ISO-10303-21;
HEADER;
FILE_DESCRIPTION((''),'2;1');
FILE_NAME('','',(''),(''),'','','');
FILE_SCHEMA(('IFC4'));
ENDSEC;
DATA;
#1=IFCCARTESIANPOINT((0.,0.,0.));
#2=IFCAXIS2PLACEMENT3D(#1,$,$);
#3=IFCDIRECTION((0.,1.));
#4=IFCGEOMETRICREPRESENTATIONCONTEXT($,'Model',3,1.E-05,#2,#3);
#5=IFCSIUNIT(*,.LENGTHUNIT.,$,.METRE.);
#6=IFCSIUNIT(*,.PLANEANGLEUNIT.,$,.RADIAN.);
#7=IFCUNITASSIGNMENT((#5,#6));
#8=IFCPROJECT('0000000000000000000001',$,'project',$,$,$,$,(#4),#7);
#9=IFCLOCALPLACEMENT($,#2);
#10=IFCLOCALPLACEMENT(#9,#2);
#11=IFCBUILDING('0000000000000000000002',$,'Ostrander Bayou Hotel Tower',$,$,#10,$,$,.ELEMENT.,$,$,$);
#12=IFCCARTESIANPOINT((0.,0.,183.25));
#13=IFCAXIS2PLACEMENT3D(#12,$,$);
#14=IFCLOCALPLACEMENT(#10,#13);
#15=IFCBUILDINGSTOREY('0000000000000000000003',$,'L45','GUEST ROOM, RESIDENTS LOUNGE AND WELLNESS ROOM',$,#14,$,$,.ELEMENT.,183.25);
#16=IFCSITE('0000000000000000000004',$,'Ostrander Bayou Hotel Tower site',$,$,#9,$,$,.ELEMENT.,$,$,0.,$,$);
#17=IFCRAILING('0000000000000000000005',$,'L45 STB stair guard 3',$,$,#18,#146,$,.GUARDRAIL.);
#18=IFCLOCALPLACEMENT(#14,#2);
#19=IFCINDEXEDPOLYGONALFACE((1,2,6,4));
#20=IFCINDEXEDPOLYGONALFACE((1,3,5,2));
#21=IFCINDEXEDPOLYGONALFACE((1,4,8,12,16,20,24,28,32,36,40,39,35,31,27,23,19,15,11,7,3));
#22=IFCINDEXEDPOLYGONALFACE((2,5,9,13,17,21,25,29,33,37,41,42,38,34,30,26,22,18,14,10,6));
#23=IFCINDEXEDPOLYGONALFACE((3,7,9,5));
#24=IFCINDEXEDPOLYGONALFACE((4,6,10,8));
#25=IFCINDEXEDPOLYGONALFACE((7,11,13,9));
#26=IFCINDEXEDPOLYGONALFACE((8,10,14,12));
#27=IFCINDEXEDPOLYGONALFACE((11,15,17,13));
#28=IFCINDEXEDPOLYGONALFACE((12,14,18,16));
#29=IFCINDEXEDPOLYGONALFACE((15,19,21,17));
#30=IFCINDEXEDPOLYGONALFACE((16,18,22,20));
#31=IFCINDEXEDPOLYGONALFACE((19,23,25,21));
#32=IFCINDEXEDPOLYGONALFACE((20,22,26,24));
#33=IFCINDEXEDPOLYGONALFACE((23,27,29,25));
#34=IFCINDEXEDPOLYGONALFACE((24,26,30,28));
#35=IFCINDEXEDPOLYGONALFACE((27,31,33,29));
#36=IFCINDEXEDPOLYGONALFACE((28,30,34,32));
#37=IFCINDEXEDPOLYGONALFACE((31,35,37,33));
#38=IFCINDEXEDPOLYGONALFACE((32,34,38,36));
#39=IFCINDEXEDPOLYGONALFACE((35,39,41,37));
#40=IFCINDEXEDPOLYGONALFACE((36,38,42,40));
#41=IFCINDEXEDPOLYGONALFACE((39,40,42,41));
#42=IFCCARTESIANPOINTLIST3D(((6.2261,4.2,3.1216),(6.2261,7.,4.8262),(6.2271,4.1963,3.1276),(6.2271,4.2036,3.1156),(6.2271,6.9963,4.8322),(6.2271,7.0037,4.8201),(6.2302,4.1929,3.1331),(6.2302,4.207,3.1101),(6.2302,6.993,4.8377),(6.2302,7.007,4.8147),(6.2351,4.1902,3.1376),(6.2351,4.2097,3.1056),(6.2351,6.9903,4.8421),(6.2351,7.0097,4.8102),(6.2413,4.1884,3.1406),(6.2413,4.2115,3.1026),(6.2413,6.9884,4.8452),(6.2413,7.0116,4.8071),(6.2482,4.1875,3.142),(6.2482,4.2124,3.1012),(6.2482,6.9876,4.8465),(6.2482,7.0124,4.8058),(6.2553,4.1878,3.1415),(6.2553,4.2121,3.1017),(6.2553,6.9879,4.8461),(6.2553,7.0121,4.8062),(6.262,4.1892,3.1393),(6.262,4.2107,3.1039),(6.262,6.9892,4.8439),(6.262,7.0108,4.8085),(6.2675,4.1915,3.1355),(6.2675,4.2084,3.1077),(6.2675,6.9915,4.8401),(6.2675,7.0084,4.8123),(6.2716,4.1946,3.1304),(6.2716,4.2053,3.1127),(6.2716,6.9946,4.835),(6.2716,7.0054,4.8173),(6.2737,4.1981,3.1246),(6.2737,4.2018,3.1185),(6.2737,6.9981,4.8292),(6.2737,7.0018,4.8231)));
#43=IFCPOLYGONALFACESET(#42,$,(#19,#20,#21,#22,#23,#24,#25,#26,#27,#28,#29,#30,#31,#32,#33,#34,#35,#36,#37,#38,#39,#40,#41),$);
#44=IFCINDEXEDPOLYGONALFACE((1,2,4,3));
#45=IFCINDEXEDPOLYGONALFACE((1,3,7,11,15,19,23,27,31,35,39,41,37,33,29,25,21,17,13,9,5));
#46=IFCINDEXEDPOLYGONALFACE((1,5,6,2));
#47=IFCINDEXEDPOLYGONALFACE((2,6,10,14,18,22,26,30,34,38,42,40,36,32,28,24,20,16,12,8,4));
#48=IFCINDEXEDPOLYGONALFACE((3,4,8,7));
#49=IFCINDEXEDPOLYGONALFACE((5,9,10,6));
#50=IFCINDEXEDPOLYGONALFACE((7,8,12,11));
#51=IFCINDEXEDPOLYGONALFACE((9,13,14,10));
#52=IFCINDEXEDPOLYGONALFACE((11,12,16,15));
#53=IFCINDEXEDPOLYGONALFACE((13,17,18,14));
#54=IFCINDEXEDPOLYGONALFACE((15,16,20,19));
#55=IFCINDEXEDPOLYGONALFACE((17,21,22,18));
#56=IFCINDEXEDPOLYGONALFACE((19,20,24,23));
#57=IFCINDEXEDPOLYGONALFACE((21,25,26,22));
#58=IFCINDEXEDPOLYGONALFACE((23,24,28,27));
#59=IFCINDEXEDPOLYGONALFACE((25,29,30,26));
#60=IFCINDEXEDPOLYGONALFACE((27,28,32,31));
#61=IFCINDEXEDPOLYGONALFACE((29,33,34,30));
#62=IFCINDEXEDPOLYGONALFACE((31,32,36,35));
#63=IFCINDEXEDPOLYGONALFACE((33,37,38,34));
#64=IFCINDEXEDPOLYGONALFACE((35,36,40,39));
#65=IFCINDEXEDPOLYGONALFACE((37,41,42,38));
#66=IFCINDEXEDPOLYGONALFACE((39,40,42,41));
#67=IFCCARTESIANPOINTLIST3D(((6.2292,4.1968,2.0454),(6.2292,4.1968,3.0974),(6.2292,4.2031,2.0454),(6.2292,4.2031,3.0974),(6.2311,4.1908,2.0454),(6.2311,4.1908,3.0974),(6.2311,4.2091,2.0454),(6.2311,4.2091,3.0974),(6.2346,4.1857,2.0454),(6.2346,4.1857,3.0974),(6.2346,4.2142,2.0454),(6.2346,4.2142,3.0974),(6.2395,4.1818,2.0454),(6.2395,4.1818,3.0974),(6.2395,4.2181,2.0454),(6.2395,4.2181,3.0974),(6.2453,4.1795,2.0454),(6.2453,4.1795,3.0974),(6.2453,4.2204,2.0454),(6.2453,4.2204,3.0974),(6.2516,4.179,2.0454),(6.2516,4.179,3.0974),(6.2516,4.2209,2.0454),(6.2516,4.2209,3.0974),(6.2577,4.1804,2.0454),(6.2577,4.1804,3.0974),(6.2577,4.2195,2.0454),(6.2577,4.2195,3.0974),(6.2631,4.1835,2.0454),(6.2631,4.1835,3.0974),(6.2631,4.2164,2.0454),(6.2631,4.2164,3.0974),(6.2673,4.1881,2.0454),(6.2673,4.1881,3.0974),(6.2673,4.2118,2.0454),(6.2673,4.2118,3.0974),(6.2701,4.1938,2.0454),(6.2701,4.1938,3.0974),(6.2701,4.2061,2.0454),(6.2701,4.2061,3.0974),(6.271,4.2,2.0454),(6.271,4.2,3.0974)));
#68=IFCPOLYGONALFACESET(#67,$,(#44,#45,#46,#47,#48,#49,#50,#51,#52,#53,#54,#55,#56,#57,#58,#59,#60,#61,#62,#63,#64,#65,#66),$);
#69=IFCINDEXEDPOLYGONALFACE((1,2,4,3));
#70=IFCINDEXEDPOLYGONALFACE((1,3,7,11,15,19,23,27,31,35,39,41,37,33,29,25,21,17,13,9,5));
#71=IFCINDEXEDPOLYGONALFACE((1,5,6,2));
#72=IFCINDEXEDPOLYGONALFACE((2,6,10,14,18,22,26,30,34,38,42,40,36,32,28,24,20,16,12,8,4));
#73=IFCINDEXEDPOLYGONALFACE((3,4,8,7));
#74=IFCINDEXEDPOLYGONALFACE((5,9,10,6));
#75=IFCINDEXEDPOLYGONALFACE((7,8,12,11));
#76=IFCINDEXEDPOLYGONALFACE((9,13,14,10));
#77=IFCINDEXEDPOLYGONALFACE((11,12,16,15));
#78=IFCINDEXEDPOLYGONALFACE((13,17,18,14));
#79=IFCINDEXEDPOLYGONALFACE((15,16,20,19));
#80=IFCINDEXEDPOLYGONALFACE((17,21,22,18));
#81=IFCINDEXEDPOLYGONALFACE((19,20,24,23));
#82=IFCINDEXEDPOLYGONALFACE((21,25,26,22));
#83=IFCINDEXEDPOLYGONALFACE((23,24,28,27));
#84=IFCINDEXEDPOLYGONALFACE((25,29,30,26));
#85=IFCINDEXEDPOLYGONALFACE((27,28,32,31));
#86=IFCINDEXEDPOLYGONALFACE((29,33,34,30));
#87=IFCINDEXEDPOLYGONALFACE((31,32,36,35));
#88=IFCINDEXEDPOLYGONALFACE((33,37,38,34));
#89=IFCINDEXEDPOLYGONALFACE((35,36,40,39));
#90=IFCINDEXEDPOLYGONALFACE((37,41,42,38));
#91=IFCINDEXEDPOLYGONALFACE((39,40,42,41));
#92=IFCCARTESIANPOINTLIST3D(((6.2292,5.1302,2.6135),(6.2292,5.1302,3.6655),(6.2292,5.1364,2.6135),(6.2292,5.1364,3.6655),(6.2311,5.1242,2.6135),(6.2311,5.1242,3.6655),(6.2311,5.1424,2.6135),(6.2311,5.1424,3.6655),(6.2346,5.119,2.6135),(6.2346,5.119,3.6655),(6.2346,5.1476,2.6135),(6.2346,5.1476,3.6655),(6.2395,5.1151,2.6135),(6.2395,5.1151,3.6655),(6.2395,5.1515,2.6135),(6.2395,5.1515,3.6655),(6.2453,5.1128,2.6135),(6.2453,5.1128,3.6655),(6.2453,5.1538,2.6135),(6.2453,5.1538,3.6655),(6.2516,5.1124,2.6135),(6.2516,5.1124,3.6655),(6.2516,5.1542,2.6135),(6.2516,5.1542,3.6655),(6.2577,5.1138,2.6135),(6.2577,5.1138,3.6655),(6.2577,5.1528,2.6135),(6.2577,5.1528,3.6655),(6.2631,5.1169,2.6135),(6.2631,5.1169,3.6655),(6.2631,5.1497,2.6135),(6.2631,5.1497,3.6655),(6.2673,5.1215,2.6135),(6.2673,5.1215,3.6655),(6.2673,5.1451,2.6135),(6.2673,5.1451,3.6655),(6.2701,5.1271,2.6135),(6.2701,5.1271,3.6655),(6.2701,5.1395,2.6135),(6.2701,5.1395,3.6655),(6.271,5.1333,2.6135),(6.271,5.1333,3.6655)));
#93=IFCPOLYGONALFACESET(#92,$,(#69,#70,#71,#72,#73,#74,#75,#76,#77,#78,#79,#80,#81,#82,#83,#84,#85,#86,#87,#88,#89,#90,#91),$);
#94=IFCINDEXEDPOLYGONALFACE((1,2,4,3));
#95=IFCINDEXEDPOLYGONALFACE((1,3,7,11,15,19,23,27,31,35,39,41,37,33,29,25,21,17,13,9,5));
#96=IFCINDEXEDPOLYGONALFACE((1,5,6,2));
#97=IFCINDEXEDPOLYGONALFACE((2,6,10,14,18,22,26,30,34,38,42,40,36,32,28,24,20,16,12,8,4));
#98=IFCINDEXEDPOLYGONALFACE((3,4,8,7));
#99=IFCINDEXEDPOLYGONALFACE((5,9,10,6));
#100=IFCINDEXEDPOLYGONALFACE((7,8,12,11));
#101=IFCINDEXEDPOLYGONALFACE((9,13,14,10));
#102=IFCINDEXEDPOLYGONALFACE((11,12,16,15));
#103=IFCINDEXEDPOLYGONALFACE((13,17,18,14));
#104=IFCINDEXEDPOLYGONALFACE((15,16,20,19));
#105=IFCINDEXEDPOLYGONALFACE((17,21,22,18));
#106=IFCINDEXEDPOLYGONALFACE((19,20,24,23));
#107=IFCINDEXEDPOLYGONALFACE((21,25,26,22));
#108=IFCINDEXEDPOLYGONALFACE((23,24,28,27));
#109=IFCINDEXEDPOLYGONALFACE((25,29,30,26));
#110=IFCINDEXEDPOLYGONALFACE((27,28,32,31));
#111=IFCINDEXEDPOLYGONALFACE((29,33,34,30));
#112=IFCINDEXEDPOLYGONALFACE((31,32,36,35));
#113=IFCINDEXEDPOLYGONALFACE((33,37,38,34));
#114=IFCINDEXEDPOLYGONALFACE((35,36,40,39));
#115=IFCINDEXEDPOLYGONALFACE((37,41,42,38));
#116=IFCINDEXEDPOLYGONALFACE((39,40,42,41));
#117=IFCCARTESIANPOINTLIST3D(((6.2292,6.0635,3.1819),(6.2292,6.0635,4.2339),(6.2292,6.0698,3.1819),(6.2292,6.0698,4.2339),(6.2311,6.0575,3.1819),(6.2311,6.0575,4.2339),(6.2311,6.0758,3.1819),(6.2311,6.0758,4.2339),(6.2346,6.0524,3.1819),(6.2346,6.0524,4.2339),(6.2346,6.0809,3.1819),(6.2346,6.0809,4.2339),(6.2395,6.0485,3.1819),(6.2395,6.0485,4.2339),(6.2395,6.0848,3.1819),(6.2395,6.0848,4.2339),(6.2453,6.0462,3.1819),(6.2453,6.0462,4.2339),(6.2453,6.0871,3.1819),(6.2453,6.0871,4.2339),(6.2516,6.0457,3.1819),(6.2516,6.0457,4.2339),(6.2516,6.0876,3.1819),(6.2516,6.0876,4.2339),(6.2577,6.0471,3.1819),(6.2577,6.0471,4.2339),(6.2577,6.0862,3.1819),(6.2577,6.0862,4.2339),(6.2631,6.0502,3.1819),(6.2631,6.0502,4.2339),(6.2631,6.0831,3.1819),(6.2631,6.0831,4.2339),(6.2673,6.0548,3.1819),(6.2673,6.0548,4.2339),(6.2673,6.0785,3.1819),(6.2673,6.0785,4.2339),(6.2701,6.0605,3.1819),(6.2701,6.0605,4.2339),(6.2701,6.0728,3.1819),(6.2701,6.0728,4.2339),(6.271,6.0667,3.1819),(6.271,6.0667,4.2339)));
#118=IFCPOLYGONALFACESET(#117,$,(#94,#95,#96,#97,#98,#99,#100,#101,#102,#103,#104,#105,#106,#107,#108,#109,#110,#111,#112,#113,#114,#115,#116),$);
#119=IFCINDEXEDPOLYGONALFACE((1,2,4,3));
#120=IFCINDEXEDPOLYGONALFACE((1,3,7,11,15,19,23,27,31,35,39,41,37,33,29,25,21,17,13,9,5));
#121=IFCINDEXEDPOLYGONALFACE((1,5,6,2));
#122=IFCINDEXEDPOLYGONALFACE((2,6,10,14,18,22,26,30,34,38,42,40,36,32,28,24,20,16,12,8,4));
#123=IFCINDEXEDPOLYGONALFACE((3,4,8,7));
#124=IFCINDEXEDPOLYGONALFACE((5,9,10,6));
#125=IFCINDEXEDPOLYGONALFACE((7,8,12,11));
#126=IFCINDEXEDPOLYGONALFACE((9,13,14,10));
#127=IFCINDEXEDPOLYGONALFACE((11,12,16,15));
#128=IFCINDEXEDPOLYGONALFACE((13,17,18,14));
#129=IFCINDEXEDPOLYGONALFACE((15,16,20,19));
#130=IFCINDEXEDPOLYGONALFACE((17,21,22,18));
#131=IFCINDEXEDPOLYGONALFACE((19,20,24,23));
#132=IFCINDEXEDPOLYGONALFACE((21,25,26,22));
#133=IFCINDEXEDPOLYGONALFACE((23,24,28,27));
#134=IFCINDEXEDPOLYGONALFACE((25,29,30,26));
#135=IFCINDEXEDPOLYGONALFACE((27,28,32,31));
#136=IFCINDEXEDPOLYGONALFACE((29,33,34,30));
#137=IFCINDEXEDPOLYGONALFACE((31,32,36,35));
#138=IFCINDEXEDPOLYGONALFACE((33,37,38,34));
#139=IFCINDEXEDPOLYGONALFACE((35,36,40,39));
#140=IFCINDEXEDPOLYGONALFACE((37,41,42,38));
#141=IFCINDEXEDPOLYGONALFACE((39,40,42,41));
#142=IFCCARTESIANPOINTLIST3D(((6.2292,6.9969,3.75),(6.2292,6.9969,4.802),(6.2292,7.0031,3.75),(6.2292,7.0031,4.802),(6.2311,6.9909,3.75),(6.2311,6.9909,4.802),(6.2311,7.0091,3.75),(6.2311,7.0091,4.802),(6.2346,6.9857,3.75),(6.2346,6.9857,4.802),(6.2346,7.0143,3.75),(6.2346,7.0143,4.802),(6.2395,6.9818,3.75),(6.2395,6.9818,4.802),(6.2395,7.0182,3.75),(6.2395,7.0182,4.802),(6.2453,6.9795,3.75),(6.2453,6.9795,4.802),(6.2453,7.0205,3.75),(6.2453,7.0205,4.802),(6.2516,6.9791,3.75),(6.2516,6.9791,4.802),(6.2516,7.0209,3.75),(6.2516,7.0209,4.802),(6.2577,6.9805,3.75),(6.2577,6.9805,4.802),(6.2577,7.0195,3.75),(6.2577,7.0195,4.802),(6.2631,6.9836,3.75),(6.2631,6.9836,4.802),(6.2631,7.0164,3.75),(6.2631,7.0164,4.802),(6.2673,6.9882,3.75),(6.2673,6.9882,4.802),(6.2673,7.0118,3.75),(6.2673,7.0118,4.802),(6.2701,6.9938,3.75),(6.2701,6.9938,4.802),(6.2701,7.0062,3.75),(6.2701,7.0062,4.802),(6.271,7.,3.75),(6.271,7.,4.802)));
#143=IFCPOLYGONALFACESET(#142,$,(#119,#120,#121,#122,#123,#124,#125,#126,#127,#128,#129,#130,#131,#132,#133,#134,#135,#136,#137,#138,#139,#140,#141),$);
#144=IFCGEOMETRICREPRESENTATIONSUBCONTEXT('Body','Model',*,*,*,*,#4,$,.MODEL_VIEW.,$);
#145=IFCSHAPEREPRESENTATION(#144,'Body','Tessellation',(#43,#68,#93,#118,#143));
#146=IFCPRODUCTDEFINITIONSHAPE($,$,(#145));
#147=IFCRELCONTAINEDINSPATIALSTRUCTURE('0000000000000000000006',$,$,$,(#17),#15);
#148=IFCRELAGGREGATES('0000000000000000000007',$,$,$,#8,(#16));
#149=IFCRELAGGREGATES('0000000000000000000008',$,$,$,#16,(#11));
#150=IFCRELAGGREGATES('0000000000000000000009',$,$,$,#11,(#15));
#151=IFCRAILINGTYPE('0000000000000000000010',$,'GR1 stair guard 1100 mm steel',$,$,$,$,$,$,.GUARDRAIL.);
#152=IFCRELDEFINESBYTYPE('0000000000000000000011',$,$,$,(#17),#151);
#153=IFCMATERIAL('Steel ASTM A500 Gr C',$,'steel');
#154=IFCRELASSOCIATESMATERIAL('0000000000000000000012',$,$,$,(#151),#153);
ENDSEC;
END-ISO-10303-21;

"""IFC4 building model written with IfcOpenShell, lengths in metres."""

from ifc_helpers import new_model, si_unit, direction, frame, origin, origin_2d, place, context, subcontext, project, spatial, circle, extrude, material, type_object, element, save


model = new_model("IFC4")

# Units and contexts
model_context = context("Model", 3, precision=1e-05, world=origin(), true_north=direction((0.0, 1.0)))
body_context = subcontext(model_context, "Body", "Model", "MODEL_VIEW")
ifc_project = project(units=[si_unit("LENGTHUNIT", "METRE"), si_unit("PLANEANGLEUNIT", "RADIAN")], contexts=[model_context])

# Site, building, storey
site_placement = place(None, origin())
site = spatial("IfcSite", under=ifc_project, at=site_placement, Name="Ostrander Bayou Hotel Tower site", CompositionType="ELEMENT", RefElevation=0.0)
building_placement = place(site_placement, origin())
building = spatial("IfcBuilding", under=site, at=building_placement, Name="Ostrander Bayou Hotel Tower", CompositionType="ELEMENT")
storey_placement = place(building_placement, frame((0.0, 0.0, 183.25)))
storey = spatial("IfcBuildingStorey", under=building, at=storey_placement, Name="L45", Description="GUEST ROOM, RESIDENTS LOUNGE AND WELLNESS ROOM", CompositionType="ELEMENT", Elevation=183.25)

# Railing
ifc_material_1 = material(Name="Steel ASTM A500 Gr C", Category="steel")
railing_type_1 = type_object("IfcRailingType", Name="GR1 stair guard 1100 mm steel", PredefinedType="GUARDRAIL", material=ifc_material_1)
railing_1_placement = place(storey_placement, frame((6.25, 4.2, 2.0454)))
element("IfcRailing", 1, at=railing_1_placement, inside=storey, type_object=railing_type_1, Name="L45 STB stair guard 3", PredefinedType="GUARDRAIL", context=body_context, shape_type="SweptSolid", body=[
    extrude(circle(Radius=0.0239, at=origin_2d()), frame((0.0, 0.0, 1.0762), z_axis=(0.0, 0.85417, 0.519994), x_axis=(-1.0, 0.0, 0.0)), (0.0, 0.0, 1.0), 3.2781),
    extrude(circle(Radius=0.021, at=origin_2d()), origin(), (0.0, 0.0, 1.0), 1.052),
    extrude(circle(Radius=0.021, at=origin_2d()), frame((0.0, 0.9333, 0.5681)), (0.0, 0.0, 1.0), 1.052),
    extrude(circle(Radius=0.021, at=origin_2d()), frame((0.0, 1.8667, 1.1365)), (0.0, 0.0, 1.0), 1.052),
    extrude(circle(Radius=0.021, at=origin_2d()), frame((0.0, 2.8, 1.7046)), (0.0, 0.0, 1.0), 1.052),
])

save(model, "model.ifc")
